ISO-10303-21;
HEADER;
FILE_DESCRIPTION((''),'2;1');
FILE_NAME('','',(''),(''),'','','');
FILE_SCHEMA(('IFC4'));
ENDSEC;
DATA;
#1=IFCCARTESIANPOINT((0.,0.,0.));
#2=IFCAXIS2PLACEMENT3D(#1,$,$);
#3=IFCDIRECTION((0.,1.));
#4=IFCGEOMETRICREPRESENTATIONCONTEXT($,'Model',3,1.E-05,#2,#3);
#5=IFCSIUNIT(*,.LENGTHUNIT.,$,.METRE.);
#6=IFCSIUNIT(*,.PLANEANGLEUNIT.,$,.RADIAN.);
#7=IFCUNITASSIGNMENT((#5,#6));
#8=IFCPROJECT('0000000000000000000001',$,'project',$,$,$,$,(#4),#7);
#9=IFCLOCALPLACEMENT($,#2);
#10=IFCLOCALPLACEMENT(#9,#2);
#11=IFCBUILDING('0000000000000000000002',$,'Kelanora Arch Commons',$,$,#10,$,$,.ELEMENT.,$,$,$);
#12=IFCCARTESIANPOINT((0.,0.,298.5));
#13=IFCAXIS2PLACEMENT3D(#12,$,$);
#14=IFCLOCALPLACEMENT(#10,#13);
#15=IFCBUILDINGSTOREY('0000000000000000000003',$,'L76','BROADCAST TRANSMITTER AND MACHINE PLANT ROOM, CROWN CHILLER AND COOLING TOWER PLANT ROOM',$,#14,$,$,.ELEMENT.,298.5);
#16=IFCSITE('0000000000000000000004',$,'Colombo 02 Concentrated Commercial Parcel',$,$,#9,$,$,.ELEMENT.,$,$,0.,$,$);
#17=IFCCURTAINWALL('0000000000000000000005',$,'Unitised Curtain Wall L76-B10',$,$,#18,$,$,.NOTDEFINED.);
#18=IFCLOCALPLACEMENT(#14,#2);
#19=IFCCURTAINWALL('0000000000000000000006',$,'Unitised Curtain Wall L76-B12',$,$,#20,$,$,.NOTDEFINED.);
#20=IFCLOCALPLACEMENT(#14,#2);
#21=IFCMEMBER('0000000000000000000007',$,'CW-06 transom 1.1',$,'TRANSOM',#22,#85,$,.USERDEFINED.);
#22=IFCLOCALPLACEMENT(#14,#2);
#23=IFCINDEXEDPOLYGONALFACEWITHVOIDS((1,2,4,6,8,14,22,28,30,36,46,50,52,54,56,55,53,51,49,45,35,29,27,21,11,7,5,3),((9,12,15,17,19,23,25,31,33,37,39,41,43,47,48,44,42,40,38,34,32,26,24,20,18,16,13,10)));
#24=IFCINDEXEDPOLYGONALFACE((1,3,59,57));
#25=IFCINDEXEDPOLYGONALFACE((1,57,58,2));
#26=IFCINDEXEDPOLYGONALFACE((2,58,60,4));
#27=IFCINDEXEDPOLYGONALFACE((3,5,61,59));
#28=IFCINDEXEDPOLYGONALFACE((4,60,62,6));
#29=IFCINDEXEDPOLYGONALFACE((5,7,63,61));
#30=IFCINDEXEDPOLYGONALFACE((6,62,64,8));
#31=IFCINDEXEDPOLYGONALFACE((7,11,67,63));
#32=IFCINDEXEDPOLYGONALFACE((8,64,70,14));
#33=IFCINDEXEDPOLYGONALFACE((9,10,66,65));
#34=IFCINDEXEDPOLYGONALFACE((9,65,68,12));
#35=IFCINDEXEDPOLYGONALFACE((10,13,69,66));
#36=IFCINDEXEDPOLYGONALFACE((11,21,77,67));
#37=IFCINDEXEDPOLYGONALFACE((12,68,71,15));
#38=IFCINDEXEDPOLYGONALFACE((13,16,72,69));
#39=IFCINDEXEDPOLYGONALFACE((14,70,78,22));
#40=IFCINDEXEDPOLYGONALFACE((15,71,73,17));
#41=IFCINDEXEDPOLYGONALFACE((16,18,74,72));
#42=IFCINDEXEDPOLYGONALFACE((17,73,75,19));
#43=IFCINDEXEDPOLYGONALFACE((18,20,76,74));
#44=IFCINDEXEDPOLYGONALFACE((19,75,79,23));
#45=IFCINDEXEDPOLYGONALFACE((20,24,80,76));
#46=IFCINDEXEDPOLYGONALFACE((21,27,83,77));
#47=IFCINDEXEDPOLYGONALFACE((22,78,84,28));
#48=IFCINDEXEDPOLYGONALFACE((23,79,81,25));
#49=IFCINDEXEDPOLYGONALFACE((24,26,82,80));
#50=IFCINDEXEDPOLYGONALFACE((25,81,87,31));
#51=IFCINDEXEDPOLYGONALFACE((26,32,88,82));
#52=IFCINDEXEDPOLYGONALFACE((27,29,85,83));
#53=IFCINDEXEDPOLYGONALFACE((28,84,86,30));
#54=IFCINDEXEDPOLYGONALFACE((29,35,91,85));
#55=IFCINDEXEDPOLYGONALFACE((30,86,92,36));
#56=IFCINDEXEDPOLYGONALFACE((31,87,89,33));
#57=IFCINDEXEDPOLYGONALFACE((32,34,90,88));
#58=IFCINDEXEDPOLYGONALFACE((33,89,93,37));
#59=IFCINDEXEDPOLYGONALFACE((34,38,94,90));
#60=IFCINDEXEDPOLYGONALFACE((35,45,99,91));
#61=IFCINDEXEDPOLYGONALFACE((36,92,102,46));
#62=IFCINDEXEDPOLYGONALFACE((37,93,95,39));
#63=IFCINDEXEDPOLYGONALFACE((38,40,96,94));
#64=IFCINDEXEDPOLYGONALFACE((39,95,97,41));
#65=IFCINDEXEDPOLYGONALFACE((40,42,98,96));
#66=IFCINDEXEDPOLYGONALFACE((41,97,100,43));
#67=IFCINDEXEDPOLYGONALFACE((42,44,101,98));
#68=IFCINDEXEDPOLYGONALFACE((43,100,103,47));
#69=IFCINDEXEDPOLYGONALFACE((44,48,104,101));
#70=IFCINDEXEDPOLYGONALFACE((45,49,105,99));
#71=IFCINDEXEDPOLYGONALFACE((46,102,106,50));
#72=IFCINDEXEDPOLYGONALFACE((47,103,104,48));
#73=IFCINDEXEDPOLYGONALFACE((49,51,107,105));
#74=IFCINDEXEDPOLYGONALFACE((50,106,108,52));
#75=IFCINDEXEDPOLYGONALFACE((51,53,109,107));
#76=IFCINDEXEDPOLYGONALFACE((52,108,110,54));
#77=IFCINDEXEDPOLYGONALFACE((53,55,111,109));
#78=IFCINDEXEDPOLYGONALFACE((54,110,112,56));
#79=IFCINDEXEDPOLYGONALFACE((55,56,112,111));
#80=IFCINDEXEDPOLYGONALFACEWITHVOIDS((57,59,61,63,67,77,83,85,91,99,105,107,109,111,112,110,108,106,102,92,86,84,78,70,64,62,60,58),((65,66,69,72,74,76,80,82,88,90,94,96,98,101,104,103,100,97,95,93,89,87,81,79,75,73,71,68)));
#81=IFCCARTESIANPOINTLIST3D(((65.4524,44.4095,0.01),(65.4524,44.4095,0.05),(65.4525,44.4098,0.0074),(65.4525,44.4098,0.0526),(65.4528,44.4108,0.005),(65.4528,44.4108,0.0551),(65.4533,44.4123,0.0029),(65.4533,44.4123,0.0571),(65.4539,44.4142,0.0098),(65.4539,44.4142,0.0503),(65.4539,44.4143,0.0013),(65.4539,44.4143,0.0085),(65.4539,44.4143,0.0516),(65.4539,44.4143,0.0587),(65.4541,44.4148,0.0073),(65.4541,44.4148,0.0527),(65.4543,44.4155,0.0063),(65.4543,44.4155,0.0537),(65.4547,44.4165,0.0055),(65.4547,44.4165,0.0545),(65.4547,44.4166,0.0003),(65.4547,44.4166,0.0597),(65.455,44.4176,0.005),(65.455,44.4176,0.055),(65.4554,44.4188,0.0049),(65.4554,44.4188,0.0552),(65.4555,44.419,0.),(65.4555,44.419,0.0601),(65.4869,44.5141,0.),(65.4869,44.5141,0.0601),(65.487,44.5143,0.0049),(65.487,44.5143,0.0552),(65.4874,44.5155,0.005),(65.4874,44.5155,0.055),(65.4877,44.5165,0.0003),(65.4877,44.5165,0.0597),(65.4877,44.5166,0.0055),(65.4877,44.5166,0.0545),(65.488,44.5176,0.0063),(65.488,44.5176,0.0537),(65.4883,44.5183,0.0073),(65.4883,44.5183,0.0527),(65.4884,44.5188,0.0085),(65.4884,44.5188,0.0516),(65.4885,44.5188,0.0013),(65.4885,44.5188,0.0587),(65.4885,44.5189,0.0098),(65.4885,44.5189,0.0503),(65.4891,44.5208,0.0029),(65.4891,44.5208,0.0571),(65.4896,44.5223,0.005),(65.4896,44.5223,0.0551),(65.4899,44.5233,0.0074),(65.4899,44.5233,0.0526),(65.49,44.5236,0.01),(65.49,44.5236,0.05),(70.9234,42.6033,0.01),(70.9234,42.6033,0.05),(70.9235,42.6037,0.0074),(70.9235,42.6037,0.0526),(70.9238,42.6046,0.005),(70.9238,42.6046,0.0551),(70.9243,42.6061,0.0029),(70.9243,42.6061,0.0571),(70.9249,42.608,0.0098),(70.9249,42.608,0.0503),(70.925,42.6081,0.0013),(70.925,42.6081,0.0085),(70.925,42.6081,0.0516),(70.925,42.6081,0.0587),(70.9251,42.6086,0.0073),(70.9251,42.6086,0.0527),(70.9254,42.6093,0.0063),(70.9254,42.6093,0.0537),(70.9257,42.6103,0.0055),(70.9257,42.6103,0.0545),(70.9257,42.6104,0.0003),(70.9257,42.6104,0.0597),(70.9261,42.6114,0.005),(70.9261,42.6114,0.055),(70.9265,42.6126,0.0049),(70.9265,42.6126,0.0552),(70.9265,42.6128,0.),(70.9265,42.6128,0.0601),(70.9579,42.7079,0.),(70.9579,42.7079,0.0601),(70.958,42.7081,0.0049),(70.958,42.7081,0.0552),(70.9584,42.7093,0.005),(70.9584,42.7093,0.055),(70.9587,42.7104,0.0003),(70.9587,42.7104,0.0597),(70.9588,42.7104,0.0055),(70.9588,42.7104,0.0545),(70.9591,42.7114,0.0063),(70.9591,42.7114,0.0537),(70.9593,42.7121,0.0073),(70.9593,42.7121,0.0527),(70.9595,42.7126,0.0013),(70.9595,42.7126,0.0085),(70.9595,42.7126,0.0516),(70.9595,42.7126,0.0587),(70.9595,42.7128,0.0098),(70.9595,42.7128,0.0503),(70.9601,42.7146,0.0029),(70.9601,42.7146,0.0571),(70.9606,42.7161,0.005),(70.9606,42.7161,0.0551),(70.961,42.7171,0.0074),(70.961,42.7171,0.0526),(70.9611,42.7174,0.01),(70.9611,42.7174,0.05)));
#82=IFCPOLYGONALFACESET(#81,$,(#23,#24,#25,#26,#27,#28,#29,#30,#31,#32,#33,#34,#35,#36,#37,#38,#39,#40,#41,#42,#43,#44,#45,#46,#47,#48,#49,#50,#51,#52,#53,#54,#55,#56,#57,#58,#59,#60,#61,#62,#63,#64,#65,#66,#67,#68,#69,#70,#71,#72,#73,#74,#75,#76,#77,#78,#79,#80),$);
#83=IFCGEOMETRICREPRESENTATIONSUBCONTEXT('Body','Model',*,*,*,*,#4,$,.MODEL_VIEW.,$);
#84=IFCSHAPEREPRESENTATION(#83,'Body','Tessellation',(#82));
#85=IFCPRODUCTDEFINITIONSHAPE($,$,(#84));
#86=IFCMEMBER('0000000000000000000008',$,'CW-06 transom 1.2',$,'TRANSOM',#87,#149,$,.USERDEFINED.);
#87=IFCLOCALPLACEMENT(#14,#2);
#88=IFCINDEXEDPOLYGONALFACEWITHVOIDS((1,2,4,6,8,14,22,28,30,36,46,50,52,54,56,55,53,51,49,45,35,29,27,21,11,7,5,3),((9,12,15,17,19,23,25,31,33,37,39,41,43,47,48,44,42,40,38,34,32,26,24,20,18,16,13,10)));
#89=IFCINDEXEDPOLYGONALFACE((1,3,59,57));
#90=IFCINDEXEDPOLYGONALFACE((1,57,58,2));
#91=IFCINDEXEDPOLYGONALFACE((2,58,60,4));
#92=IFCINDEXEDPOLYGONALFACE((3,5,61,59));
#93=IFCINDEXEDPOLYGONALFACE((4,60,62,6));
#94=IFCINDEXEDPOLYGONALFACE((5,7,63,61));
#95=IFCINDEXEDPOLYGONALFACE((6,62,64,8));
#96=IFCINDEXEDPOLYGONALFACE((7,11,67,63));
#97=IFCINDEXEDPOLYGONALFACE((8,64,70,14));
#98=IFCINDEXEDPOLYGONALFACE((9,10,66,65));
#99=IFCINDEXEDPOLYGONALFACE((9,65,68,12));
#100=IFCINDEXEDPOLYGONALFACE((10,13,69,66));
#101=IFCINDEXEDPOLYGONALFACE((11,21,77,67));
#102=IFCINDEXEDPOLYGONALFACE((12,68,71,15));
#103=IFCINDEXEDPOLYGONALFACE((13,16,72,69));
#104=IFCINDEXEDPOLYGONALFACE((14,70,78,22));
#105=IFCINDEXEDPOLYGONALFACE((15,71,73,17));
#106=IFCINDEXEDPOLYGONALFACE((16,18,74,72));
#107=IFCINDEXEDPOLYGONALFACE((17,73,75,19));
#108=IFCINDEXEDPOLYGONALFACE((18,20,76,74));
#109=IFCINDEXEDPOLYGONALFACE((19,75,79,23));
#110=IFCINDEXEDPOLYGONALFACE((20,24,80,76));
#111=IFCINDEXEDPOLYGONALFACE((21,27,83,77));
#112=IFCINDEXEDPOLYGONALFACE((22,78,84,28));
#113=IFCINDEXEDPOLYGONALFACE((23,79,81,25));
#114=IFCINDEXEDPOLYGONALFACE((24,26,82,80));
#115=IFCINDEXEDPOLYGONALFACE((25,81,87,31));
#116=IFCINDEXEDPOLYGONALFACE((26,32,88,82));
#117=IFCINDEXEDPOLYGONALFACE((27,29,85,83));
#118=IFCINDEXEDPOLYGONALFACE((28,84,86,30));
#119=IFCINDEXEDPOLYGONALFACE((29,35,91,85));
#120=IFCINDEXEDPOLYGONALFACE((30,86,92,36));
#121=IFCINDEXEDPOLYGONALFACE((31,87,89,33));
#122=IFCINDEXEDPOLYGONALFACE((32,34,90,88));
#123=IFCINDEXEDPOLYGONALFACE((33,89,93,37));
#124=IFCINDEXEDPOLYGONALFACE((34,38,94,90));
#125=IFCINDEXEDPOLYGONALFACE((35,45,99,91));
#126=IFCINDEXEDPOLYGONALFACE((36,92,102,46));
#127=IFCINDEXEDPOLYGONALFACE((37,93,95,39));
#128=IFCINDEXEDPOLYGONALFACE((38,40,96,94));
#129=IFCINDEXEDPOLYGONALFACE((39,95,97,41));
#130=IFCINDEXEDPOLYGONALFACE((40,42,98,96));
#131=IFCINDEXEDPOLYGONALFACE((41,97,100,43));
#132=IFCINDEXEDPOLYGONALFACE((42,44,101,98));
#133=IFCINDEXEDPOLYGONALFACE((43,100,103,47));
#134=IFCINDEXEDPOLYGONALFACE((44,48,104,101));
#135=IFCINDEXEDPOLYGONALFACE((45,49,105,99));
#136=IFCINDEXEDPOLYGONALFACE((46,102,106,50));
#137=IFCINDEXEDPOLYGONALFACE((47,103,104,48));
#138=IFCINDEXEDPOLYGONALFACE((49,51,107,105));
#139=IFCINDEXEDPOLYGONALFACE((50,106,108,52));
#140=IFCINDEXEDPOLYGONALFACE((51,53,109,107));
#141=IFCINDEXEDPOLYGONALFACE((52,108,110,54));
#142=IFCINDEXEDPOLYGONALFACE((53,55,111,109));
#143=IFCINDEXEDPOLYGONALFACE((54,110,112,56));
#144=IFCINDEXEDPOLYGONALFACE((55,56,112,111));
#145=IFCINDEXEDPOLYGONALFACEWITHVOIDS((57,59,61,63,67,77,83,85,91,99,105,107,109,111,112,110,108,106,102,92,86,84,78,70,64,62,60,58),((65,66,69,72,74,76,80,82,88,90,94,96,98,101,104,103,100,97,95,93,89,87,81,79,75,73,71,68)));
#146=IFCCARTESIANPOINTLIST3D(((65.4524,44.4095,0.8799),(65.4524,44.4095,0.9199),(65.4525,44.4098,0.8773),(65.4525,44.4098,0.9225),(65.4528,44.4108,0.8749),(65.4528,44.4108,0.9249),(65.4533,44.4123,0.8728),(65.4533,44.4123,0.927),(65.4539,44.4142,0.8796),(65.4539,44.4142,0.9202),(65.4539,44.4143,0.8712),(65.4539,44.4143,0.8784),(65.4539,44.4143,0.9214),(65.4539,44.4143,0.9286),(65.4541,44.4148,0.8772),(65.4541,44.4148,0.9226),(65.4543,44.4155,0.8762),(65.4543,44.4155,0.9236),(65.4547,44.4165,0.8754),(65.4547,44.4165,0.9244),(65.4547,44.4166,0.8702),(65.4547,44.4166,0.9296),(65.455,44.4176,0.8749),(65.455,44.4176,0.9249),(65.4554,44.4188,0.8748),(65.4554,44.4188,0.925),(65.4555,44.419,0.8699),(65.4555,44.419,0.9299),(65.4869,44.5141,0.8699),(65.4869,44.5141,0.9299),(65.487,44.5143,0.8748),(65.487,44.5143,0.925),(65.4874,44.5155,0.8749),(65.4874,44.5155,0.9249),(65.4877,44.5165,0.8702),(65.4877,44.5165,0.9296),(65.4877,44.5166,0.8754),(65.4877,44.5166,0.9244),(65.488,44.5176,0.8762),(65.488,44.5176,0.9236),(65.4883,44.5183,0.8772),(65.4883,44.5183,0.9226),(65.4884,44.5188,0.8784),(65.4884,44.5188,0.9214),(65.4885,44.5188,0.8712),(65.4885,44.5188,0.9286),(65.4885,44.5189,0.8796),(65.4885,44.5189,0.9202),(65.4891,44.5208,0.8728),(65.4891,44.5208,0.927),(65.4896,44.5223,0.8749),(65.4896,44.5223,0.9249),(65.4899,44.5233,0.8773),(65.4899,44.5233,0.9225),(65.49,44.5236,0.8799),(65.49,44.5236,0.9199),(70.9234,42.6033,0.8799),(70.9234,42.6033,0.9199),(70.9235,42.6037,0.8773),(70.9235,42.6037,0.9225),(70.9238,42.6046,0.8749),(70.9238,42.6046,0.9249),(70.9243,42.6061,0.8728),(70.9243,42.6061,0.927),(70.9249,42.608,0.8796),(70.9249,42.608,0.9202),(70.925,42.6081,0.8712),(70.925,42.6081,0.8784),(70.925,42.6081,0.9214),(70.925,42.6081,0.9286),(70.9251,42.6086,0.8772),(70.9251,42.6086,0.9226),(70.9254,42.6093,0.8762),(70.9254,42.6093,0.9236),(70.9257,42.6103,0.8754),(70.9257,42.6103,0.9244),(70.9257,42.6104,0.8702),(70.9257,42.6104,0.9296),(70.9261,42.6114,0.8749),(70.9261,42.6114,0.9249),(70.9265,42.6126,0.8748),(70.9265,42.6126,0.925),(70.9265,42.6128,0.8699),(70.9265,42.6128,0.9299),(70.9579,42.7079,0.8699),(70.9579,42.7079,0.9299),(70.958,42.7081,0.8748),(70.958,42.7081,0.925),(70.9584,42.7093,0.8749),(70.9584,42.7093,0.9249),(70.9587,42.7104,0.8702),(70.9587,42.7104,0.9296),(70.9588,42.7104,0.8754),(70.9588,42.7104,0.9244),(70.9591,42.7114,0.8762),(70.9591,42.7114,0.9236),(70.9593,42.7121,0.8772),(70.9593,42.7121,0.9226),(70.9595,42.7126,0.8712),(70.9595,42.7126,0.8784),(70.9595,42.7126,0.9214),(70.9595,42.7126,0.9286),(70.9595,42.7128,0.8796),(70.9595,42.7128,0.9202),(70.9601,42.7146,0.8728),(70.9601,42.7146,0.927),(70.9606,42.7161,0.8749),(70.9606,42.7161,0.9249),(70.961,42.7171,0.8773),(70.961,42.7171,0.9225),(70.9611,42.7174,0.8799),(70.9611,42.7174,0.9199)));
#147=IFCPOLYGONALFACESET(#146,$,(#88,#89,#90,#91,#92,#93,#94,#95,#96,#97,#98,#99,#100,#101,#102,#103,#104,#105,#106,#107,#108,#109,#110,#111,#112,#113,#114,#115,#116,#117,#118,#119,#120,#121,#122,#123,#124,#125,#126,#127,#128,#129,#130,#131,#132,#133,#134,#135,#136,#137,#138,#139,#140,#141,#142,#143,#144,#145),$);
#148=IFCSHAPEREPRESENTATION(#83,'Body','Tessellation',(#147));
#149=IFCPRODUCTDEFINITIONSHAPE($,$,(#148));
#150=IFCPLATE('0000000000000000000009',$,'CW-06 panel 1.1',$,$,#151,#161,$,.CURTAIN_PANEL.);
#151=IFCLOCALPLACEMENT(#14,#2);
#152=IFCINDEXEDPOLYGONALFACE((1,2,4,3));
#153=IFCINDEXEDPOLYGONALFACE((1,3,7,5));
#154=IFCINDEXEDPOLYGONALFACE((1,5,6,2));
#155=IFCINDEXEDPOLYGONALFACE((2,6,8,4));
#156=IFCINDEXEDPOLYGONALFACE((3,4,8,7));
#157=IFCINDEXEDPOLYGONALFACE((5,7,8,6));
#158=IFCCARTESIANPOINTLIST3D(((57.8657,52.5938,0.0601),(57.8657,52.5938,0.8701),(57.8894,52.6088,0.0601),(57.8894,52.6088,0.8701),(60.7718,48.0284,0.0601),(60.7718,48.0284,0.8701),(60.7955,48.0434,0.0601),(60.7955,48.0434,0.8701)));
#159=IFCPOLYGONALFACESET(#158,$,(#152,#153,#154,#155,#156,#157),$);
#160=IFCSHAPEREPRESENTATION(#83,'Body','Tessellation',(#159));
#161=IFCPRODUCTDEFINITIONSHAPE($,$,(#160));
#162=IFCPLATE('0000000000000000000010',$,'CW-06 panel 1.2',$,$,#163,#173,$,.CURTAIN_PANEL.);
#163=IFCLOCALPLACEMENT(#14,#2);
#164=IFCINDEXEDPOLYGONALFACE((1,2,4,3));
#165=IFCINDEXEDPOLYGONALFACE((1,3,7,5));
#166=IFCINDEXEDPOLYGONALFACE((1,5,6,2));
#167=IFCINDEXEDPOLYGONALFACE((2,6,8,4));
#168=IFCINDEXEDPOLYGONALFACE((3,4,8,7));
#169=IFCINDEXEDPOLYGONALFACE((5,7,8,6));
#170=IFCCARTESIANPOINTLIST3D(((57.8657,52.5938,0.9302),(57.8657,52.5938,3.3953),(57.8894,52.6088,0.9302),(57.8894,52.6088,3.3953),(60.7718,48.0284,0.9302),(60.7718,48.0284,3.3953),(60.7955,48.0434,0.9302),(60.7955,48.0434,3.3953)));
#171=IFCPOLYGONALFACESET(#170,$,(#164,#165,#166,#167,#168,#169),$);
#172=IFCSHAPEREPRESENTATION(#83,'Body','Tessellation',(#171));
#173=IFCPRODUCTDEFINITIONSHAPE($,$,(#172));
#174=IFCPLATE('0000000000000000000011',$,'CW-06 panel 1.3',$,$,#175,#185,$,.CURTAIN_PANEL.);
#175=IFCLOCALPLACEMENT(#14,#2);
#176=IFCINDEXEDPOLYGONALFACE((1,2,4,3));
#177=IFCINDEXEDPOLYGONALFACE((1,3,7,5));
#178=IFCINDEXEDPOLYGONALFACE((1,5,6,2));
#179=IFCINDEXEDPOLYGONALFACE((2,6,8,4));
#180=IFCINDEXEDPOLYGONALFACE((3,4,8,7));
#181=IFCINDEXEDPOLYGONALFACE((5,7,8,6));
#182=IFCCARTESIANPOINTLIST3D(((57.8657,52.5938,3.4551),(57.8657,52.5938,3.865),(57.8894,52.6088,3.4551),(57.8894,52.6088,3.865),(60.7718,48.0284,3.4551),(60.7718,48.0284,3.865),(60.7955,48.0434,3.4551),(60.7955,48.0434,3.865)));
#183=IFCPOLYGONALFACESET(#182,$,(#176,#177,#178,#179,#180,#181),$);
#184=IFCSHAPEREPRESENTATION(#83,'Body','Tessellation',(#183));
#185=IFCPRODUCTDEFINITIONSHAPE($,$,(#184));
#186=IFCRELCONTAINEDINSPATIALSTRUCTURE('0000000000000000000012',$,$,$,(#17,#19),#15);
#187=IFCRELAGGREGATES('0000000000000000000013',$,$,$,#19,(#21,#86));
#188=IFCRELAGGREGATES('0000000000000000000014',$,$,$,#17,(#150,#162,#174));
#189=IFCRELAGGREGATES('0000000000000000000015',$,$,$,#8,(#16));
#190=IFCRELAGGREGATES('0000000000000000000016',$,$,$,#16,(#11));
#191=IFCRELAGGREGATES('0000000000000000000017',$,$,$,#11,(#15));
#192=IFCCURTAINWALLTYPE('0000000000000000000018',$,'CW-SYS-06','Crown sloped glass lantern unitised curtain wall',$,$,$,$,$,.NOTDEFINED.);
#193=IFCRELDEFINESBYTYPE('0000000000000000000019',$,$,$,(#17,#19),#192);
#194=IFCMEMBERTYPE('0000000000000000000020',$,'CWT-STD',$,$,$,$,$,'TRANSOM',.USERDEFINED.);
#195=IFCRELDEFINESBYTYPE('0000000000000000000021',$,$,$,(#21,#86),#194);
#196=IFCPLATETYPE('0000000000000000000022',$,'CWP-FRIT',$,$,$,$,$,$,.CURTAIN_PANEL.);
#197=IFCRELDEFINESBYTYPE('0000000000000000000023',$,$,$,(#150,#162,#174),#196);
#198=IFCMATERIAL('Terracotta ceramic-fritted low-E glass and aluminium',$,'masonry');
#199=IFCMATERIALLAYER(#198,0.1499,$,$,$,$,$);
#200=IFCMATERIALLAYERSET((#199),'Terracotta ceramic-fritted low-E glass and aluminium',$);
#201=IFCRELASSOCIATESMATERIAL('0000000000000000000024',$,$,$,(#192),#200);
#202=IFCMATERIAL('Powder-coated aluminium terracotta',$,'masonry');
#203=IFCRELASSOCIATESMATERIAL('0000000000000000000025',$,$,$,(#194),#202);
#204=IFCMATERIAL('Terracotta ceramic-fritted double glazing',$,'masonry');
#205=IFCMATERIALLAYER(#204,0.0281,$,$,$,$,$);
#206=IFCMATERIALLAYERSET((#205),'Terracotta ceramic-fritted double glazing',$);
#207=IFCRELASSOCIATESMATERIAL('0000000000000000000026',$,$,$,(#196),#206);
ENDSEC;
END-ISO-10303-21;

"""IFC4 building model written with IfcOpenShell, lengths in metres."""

from ifc_helpers import new_model, si_unit, direction, frame, origin, origin_2d, place, context, subcontext, project, spatial, rectangle, hollow_rectangle, extrude, source, transform, mapped, material, layer, layer_set, material_profile, profile_set, type_object, element, aggregate, save


model = new_model("IFC4")

# Units and contexts
model_context = context("Model", 3, precision=1e-05, world=origin(), true_north=direction((0.0, 1.0)))
body_context = subcontext(model_context, "Body", "Model", "MODEL_VIEW")
ifc_project = project(units=[si_unit("LENGTHUNIT", "METRE"), si_unit("PLANEANGLEUNIT", "RADIAN")], contexts=[model_context])

# Site, building, storey
site_placement = place(None, origin())
site = spatial("IfcSite", under=ifc_project, at=site_placement, Name="Colombo 02 Concentrated Commercial Parcel", CompositionType="ELEMENT", RefElevation=0.0)
building_placement = place(site_placement, origin())
building = spatial("IfcBuilding", under=site, at=building_placement, Name="Kelanora Arch Commons", CompositionType="ELEMENT")
storey_placement = place(building_placement, frame((0.0, 0.0, 298.5)))
storey = spatial("IfcBuildingStorey", under=building, at=storey_placement, Name="L76", Description="BROADCAST TRANSMITTER AND MACHINE PLANT ROOM, CROWN CHILLER AND COOLING TOWER PLANT ROOM", CompositionType="ELEMENT", Elevation=298.5)

# Curtain wall
ifc_material_1 = material(Name="Terracotta ceramic-fritted low-E glass and aluminium", Category="masonry")
ifc_layer_1 = layer(ifc_material_1, 0.1499)
ifc_layer_set_1 = layer_set([ifc_layer_1], Name="Terracotta ceramic-fritted low-E glass and aluminium")
curtain_wall_type = type_object("IfcCurtainWallType", Name="CW-SYS-06", Description="Crown sloped glass lantern unitised curtain wall", PredefinedType="NOTDEFINED", material=ifc_layer_set_1)
curtain_wall_1_placement = place(storey_placement, origin())
curtain_wall_1 = element("IfcCurtainWall", 1, at=curtain_wall_1_placement, inside=storey, type_object=curtain_wall_type, Name="Unitised Curtain Wall L76-B10", PredefinedType="NOTDEFINED")
ifc_material_2 = material(Name="Powder-coated aluminium terracotta", Category="masonry")

# Curtain wall, members
curtain_wall_2_placement = place(storey_placement, origin())
curtain_wall_2 = element("IfcCurtainWall", 2, at=curtain_wall_2_placement, inside=storey, type_object=curtain_wall_type, Name="Unitised Curtain Wall L76-B12", PredefinedType="NOTDEFINED")
ifc_material_profile_1 = material_profile(ifc_material_2, hollow_rectangle(XDim=0.1201, YDim=0.0601, WallThickness=0.0049, InnerFilletRadius=0.0049, OuterFilletRadius=0.01, at=origin_2d()), Name="CWT120x60")
ifc_profile_set_1 = profile_set([ifc_material_profile_1], Name="Powder-coated aluminium terracotta")
member_type_1 = type_object("IfcMemberType", Name="CWT-STD", ElementType="TRANSOM", PredefinedType="USERDEFINED", material=ifc_profile_set_1)
member_1_placement = place(storey_placement, frame((65.4712, 44.4666, 0.03), z_axis=(0.94959, -0.313493, 0.0), x_axis=(0.313493, 0.94959, 0.0)))
member_1 = element("IfcMember", 3, at=member_1_placement, type_object=member_type_1, Name="CW-06 transom 1.1", ObjectType="TRANSOM", PredefinedType="USERDEFINED", context=body_context, shape_type="SweptSolid", body=[
    extrude(hollow_rectangle(XDim=0.1201, YDim=0.0601, WallThickness=0.0049, InnerFilletRadius=0.0049, OuterFilletRadius=0.01, at=origin_2d()), origin(), (0.0, 0.0, 1.0), 5.7615),
])
member_2_placement = place(storey_placement, frame((65.4712, 44.4666, 0.8999), z_axis=(0.94959, -0.313493, 0.0), x_axis=(0.313493, 0.94959, 0.0)))
member_2 = element("IfcMember", 4, at=member_2_placement, type_object=member_type_1, Name="CW-06 transom 1.2", ObjectType="TRANSOM", PredefinedType="USERDEFINED", context=body_context, shape_type="SweptSolid", body=[
    extrude(hollow_rectangle(XDim=0.1201, YDim=0.0601, WallThickness=0.0049, InnerFilletRadius=0.0049, OuterFilletRadius=0.01, at=origin_2d()), origin(), (0.0, 0.0, 1.0), 5.7615),
])
aggregate(curtain_wall_2, [member_1, member_2])

# Plates
ifc_material_3 = material(Name="Terracotta ceramic-fritted double glazing", Category="masonry")
ifc_layer_2 = layer(ifc_material_3, 0.0281)
ifc_layer_set_2 = layer_set([ifc_layer_2], Name="Terracotta ceramic-fritted double glazing")
plate_type = type_object("IfcPlateType", Name="CWP-FRIT", PredefinedType="CURTAIN_PANEL", material=ifc_layer_set_2)
shared_shape_1 = source(origin(), body_context, "Body", "SweptSolid", [
    extrude(rectangle(XDim=5.4119, YDim=0.0281, at=origin_2d()), origin(), (0.0, 0.0, 1.0), 0.8101),
])
plate_1_placement = place(storey_placement, frame((59.3306, 50.3186, 0.0601), z_axis=(0.0, 0.0, 1.0), x_axis=(0.536984, -0.843592, 0.0)))
plate_1 = element("IfcPlate", 5, at=plate_1_placement, type_object=plate_type, Name="CW-06 panel 1.1", PredefinedType="CURTAIN_PANEL", context=body_context, shape_type="MappedRepresentation", body=[
    mapped(shared_shape_1, transform((0.0, 0.0, 0.0), scale=1.0)),
])
shared_shape_2 = source(origin(), body_context, "Body", "SweptSolid", [
    extrude(rectangle(XDim=5.4119, YDim=0.0281, at=origin_2d()), origin(), (0.0, 0.0, 1.0), 2.4651),
])
plate_2_placement = place(storey_placement, frame((59.3306, 50.3186, 0.9302), z_axis=(0.0, 0.0, 1.0), x_axis=(0.536984, -0.843592, 0.0)))
plate_2 = element("IfcPlate", 6, at=plate_2_placement, type_object=plate_type, Name="CW-06 panel 1.2", PredefinedType="CURTAIN_PANEL", context=body_context, shape_type="MappedRepresentation", body=[
    mapped(shared_shape_2, transform((0.0, 0.0, 0.0), scale=1.0)),
])
shared_shape_3 = source(origin(), body_context, "Body", "SweptSolid", [
    extrude(rectangle(XDim=5.4119, YDim=0.0281, at=origin_2d()), origin(), (0.0, 0.0, 1.0), 0.4099),
])
plate_3_placement = place(storey_placement, frame((59.3306, 50.3186, 3.4551), z_axis=(0.0, 0.0, 1.0), x_axis=(0.536984, -0.843592, 0.0)))
plate_3 = element("IfcPlate", 7, at=plate_3_placement, type_object=plate_type, Name="CW-06 panel 1.3", PredefinedType="CURTAIN_PANEL", context=body_context, shape_type="MappedRepresentation", body=[
    mapped(shared_shape_3, transform((0.0, 0.0, 0.0), scale=1.0)),
])
aggregate(curtain_wall_1, [plate_1, plate_2, plate_3])

save(model, "model.ifc")
